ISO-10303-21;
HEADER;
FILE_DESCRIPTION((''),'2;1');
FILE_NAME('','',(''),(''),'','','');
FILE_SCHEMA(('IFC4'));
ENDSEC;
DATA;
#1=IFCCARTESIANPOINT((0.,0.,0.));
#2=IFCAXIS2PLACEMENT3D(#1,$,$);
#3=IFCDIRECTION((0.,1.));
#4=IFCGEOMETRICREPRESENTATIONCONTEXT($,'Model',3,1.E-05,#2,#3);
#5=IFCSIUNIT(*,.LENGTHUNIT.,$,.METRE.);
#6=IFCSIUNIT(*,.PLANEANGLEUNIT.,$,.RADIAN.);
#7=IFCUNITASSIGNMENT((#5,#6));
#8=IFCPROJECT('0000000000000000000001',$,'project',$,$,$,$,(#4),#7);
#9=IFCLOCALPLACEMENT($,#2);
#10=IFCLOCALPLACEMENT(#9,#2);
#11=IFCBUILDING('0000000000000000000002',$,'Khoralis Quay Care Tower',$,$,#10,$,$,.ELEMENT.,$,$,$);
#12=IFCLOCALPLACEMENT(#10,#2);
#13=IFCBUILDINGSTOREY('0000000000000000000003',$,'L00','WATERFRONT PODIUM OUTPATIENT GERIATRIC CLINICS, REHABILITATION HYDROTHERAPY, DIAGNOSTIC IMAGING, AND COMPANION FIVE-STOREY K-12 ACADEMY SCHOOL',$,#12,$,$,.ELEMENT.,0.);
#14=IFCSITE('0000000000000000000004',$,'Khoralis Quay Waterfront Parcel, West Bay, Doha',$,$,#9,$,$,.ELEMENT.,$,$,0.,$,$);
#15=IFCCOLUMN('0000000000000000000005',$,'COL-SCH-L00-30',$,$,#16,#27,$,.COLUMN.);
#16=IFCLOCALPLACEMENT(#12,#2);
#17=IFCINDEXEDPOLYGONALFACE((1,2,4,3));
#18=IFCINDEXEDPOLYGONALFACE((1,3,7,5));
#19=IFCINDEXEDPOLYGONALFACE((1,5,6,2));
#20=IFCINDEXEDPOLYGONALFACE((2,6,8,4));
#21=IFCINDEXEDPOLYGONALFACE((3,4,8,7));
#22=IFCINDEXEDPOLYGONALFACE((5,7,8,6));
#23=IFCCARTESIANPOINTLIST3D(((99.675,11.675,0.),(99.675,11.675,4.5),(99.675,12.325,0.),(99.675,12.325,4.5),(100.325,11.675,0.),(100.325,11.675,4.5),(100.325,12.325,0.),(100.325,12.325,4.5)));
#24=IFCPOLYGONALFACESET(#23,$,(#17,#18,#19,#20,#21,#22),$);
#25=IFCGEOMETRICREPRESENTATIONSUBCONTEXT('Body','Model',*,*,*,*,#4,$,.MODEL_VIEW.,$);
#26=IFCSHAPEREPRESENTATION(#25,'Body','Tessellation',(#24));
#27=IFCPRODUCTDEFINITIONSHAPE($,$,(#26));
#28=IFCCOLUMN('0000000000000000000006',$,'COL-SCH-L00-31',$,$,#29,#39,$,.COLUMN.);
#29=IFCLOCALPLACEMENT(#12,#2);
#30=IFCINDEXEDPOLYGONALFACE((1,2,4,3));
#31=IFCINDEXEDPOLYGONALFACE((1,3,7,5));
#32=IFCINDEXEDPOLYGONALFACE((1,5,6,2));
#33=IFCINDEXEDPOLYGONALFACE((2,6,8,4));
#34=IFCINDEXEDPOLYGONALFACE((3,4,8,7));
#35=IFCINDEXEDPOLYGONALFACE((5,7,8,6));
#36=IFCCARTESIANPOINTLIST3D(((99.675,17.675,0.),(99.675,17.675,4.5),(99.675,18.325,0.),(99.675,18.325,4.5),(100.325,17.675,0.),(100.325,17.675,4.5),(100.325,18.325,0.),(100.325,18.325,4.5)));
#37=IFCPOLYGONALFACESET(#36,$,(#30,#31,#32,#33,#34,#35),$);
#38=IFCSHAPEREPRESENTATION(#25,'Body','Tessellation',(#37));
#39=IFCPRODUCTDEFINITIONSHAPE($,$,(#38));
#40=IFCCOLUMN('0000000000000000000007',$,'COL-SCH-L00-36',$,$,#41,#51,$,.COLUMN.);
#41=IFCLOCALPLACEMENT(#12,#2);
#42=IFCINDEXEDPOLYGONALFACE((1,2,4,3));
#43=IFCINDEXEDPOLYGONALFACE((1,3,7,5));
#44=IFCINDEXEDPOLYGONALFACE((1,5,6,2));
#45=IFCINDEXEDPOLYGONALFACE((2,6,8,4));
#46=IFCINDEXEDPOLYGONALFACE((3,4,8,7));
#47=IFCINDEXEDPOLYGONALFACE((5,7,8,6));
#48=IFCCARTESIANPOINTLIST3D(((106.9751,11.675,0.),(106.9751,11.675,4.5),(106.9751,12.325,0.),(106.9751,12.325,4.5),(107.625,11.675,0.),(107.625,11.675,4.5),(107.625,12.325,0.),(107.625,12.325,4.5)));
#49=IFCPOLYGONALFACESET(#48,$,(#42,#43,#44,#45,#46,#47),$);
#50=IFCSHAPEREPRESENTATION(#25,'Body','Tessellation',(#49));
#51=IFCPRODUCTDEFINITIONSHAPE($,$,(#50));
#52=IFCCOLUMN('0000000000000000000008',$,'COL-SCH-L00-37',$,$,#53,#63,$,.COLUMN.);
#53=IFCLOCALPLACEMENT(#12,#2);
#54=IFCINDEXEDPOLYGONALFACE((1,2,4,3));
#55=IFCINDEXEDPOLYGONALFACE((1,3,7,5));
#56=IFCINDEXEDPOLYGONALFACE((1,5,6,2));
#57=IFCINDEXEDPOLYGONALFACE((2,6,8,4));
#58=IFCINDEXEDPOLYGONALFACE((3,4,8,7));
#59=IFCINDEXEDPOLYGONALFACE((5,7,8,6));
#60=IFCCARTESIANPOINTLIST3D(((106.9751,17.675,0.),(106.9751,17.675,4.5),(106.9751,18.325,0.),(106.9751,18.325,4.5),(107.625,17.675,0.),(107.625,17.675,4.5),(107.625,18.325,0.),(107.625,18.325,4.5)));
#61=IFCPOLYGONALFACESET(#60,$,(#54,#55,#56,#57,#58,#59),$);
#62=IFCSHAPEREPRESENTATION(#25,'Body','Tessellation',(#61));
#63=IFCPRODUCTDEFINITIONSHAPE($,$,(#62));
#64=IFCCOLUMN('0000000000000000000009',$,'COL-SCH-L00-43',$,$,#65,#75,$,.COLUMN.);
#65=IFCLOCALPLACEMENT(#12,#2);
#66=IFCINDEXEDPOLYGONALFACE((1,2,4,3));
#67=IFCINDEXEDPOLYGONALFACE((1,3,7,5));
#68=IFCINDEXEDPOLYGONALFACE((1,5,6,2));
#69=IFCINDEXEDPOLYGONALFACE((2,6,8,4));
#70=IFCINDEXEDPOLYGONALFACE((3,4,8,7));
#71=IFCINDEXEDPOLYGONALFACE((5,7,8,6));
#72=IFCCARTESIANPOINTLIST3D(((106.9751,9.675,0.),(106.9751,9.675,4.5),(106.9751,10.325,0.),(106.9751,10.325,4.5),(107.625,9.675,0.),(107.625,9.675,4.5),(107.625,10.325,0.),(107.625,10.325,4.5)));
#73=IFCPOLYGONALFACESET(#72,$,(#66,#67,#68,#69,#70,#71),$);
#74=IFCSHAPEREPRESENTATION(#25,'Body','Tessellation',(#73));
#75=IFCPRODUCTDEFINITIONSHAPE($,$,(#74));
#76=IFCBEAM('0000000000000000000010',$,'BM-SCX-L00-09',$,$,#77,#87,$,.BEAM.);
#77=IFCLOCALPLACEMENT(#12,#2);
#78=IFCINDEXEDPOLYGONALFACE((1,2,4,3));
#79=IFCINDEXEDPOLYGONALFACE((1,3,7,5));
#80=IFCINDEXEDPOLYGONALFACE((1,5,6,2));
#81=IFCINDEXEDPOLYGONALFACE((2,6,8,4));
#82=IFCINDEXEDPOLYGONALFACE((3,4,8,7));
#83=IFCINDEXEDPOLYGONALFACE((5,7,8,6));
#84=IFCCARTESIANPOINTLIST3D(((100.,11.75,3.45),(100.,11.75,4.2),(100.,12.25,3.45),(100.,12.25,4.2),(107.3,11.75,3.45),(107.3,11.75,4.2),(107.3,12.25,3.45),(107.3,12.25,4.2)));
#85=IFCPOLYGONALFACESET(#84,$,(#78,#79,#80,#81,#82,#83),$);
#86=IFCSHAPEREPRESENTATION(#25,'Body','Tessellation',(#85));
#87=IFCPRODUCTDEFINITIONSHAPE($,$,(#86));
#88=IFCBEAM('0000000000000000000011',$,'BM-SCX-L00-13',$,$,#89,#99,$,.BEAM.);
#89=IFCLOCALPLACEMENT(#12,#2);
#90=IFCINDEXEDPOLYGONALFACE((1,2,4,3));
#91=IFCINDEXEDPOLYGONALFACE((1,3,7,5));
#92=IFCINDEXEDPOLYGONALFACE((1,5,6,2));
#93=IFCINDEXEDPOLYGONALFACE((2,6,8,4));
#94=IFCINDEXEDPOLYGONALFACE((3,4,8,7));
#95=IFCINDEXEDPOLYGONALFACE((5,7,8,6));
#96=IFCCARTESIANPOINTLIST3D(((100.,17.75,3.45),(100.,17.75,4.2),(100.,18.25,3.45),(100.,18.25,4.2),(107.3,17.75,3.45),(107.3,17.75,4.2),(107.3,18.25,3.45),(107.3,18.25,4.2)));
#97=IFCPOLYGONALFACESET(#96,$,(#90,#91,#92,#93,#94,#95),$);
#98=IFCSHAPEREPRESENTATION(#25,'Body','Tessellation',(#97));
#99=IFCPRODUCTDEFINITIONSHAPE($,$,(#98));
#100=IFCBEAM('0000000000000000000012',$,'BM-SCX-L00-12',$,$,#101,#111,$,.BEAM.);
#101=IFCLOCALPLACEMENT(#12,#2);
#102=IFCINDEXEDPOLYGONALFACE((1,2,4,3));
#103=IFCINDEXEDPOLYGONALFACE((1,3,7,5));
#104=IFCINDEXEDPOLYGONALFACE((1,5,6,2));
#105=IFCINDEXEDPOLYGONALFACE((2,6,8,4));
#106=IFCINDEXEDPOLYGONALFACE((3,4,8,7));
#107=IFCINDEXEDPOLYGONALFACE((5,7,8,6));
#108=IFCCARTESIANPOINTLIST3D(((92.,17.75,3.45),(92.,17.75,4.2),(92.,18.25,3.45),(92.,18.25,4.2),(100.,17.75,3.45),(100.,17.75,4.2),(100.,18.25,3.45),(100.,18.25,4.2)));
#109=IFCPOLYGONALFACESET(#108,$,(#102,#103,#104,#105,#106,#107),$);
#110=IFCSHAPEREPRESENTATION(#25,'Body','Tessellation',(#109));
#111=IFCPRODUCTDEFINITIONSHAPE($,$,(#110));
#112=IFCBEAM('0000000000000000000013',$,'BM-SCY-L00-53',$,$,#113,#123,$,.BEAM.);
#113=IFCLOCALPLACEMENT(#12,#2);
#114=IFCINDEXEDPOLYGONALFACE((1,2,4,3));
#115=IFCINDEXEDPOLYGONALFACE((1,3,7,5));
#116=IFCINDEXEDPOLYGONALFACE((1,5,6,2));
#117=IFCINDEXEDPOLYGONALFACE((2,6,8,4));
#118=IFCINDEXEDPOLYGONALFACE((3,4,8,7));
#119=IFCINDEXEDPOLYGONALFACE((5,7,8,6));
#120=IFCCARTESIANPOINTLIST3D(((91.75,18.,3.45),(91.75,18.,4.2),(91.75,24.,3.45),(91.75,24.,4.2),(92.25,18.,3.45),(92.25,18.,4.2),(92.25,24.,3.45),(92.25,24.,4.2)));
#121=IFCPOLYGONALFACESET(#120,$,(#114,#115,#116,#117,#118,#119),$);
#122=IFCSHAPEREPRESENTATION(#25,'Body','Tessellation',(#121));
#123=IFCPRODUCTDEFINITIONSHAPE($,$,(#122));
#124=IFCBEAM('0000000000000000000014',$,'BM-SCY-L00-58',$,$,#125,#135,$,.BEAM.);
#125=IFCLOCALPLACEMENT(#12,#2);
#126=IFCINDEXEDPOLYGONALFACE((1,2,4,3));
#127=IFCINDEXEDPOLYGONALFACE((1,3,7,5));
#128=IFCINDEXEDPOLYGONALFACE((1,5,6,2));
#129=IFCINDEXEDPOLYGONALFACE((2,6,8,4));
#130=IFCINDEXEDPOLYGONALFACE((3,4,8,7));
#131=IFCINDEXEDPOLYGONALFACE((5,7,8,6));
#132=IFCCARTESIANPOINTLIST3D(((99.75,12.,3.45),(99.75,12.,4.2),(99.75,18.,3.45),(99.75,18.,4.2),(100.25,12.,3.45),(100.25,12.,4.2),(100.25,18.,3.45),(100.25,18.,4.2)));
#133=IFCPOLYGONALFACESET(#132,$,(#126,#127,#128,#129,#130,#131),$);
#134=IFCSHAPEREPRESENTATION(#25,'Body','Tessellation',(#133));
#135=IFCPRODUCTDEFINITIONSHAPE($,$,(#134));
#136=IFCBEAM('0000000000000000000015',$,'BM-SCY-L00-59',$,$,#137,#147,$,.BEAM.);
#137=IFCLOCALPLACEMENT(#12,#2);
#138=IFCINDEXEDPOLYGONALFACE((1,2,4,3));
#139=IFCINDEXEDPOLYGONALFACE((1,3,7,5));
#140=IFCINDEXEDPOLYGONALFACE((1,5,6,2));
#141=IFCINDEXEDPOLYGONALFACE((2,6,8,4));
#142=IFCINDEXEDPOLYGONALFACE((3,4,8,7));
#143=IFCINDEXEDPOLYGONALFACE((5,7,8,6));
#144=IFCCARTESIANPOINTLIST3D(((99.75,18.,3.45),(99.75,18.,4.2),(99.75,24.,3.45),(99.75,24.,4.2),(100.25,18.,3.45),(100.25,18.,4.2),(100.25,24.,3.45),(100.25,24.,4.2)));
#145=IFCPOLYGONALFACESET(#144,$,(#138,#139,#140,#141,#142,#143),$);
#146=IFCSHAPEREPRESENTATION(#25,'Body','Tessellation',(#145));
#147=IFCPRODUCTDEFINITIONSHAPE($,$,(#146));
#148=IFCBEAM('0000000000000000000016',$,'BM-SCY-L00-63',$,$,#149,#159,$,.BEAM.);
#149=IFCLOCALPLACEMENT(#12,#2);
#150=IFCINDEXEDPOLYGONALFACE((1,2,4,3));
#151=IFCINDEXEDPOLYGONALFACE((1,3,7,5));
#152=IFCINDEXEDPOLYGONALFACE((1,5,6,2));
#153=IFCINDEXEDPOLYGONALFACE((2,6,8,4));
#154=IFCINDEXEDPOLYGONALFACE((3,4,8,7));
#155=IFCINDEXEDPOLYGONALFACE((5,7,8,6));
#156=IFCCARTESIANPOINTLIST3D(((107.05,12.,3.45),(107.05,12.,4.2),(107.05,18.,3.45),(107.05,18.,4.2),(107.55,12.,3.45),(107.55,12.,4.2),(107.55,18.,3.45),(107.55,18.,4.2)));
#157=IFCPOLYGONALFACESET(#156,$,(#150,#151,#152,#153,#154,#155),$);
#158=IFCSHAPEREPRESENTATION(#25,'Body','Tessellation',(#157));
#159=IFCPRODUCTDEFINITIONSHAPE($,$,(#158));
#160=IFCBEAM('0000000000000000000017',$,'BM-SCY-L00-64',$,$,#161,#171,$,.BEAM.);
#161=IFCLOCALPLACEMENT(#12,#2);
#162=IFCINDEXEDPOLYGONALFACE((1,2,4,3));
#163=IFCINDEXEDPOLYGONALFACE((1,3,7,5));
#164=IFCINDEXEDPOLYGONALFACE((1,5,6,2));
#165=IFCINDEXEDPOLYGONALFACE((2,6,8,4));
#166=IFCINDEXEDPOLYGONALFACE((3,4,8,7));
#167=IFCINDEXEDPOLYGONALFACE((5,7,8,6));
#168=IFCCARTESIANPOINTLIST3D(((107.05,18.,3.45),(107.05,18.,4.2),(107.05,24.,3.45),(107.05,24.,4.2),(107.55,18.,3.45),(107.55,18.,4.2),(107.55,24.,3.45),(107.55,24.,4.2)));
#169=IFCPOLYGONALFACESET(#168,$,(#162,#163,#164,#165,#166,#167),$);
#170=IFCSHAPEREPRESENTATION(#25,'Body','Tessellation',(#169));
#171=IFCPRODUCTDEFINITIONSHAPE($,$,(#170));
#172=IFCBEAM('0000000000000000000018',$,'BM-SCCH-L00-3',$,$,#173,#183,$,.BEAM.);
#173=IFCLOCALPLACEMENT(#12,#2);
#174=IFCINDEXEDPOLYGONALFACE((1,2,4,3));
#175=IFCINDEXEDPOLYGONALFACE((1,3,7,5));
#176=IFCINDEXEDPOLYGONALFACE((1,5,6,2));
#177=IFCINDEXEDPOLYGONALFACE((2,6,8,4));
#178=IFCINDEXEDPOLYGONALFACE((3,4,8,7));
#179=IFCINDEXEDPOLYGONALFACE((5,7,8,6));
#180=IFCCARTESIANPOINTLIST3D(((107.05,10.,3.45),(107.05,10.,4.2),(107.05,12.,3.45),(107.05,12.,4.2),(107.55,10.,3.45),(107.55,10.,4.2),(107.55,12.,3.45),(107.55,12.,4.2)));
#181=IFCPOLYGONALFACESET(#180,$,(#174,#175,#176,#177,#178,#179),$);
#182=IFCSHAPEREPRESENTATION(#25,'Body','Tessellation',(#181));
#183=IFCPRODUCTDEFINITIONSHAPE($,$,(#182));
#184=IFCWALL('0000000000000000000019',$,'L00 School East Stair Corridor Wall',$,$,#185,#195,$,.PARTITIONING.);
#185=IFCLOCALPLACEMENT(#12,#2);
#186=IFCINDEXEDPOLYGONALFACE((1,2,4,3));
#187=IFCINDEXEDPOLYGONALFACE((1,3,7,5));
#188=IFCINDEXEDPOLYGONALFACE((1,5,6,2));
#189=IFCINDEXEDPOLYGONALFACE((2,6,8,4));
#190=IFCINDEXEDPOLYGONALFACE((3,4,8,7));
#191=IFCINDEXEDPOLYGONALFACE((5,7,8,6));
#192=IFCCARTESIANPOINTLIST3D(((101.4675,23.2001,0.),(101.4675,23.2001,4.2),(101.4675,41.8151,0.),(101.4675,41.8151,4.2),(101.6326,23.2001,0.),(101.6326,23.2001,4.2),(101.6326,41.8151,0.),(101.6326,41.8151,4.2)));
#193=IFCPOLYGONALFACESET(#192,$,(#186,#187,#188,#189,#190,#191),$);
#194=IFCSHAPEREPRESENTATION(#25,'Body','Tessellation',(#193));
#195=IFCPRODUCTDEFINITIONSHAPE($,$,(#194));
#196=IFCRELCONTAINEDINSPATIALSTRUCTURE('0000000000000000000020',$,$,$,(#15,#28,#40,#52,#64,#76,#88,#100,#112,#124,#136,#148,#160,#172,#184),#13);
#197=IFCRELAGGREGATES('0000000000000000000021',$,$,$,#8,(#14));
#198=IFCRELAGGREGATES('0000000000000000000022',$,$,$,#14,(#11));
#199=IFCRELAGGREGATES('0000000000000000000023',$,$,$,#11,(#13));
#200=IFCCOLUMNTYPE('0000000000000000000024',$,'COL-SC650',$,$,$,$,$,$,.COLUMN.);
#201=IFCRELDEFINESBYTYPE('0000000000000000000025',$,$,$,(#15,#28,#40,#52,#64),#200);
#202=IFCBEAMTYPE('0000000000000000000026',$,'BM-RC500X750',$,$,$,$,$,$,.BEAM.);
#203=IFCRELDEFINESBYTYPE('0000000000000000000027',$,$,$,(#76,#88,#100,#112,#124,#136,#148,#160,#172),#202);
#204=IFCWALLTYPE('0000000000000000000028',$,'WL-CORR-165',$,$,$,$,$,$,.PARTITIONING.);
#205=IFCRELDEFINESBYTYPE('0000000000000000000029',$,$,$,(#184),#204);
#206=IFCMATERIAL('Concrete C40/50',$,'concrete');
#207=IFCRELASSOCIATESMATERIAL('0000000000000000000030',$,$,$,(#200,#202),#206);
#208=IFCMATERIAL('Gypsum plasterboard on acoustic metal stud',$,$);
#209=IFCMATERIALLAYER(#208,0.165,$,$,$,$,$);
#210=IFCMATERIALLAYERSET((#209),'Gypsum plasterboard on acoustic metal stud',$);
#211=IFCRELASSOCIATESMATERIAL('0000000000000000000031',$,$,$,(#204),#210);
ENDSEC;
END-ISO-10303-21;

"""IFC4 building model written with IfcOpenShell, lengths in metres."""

from ifc_helpers import new_model, si_unit, direction, frame, frame_2d, origin, origin_2d, place, context, subcontext, project, spatial, rectangle, extrude, source, transform, mapped, material, layer, layer_set, material_profile, profile_set, type_object, element, save


model = new_model("IFC4")

# Units and contexts
model_context = context("Model", 3, precision=1e-05, world=origin(), true_north=direction((0.0, 1.0)))
body_context = subcontext(model_context, "Body", "Model", "MODEL_VIEW")
ifc_project = project(units=[si_unit("LENGTHUNIT", "METRE"), si_unit("PLANEANGLEUNIT", "RADIAN")], contexts=[model_context])

# Site, building, storey
site_placement = place(None, origin())
site = spatial("IfcSite", under=ifc_project, at=site_placement, Name="Khoralis Quay Waterfront Parcel, West Bay, Doha", CompositionType="ELEMENT", RefElevation=0.0)
building_placement = place(site_placement, origin())
building = spatial("IfcBuilding", under=site, at=building_placement, Name="Khoralis Quay Care Tower", CompositionType="ELEMENT")
storey_placement = place(building_placement, origin())
storey = spatial("IfcBuildingStorey", under=building, at=storey_placement, Name="L00", Description="WATERFRONT PODIUM OUTPATIENT GERIATRIC CLINICS, REHABILITATION HYDROTHERAPY, DIAGNOSTIC IMAGING, AND COMPANION FIVE-STOREY K-12 ACADEMY SCHOOL", CompositionType="ELEMENT", Elevation=0.0)

# Columns
ifc_material_1 = material(Name="Concrete C40/50", Category="concrete")
ifc_material_profile_1 = material_profile(ifc_material_1, rectangle(XDim=0.6499, YDim=0.6499, at=origin_2d()), Name="Concrete C40/50")
ifc_profile_set_1 = profile_set([ifc_material_profile_1], Name="Concrete C40/50")
column_type = type_object("IfcColumnType", Name="COL-SC650", PredefinedType="COLUMN", material=ifc_profile_set_1)
shared_shape_1 = source(origin(), body_context, "Body", "SweptSolid", [
    extrude(rectangle(XDim=0.6499, YDim=0.6499, at=origin_2d()), origin(), (0.0, 0.0, 1.0), 4.5),
])
for number, where, z_axis, x_axis, name in (
    (1, (100.0, 12.0, 0.0), (0.0, 0.0, 1.0), (1.0, 0.0, 0.0), "COL-SCH-L00-30"),
    (2, (100.0, 18.0, 0.0), (0.0, 0.0, 1.0), (1.0, 0.0, 0.0), "COL-SCH-L00-31"),
    (3, (107.3, 12.0, 0.0), (0.0, 0.0, 1.0), (1.0, 0.0, 0.0), "COL-SCH-L00-36"),
    (4, (107.3, 18.0, 0.0), (0.0, 0.0, 1.0), (1.0, 0.0, 0.0), "COL-SCH-L00-37"),
    (5, (107.3, 10.0, 0.0), (0.0, 0.0, 1.0), (1.0, 0.0, 0.0), "COL-SCH-L00-43"),
):
    element("IfcColumn", number, at=place(storey_placement, frame(where, z_axis=z_axis, x_axis=x_axis)), inside=storey, type_object=column_type, Name=name, PredefinedType="COLUMN", context=body_context, shape_type="MappedRepresentation", body=[
        mapped(shared_shape_1, transform((0.0, 0.0, 0.0), scale=1.0)),
    ])

# Beams
ifc_material_profile_2 = material_profile(ifc_material_1, rectangle(XDim=0.5, YDim=0.75, at=origin_2d()), Name="Concrete C40/50")
ifc_profile_set_2 = profile_set([ifc_material_profile_2], Name="Concrete C40/50")
beam_type = type_object("IfcBeamType", Name="BM-RC500X750", PredefinedType="BEAM", material=ifc_profile_set_2)
shared_shape_2 = source(origin(), body_context, "Body", "SweptSolid", [
    extrude(rectangle(XDim=0.5, YDim=0.75, at=origin_2d()), origin(), (0.0, 0.0, 1.0), 7.3),
])
for number, where, z_axis, x_axis, name in (
    (6, (100.0, 12.0, 3.825), (1.0, 0.0, 0.0), (0.0, 1.0, 0.0), "BM-SCX-L00-09"),
    (7, (100.0, 18.0, 3.825), (1.0, 0.0, 0.0), (0.0, 1.0, 0.0), "BM-SCX-L00-13"),
):
    element("IfcBeam", number, at=place(storey_placement, frame(where, z_axis=z_axis, x_axis=x_axis)), inside=storey, type_object=beam_type, Name=name, PredefinedType="BEAM", context=body_context, shape_type="MappedRepresentation", body=[
        mapped(shared_shape_2, transform((0.0, 0.0, 0.0), scale=1.0)),
    ])
shared_shape_3 = source(origin(), body_context, "Body", "SweptSolid", [
    extrude(rectangle(XDim=0.5, YDim=0.75, at=origin_2d()), origin(), (0.0, 0.0, 1.0), 8.0),
])
beam_1_placement = place(storey_placement, frame((92.0, 18.0, 3.825), z_axis=(1.0, 0.0, 0.0), x_axis=(0.0, 1.0, 0.0)))
element("IfcBeam", 8, at=beam_1_placement, inside=storey, type_object=beam_type, Name="BM-SCX-L00-12", PredefinedType="BEAM", context=body_context, shape_type="MappedRepresentation", body=[
    mapped(shared_shape_3, transform((0.0, 0.0, 0.0), scale=1.0)),
])
shared_shape_4 = source(origin(), body_context, "Body", "SweptSolid", [
    extrude(rectangle(XDim=0.5, YDim=0.75, at=origin_2d()), origin(), (0.0, 0.0, 1.0), 6.0),
])
for number, where, z_axis, x_axis, name in (
    (9, (92.0, 18.0, 3.825), (0.0, 1.0, 0.0), (-1.0, 0.0, 0.0), "BM-SCY-L00-53"),
    (10, (100.0, 12.0, 3.825), (0.0, 1.0, 0.0), (-1.0, 0.0, 0.0), "BM-SCY-L00-58"),
    (11, (100.0, 18.0, 3.825), (0.0, 1.0, 0.0), (-1.0, 0.0, 0.0), "BM-SCY-L00-59"),
    (12, (107.3, 12.0, 3.825), (0.0, 1.0, 0.0), (-1.0, 0.0, 0.0), "BM-SCY-L00-63"),
    (13, (107.3, 18.0, 3.825), (0.0, 1.0, 0.0), (-1.0, 0.0, 0.0), "BM-SCY-L00-64"),
):
    element("IfcBeam", number, at=place(storey_placement, frame(where, z_axis=z_axis, x_axis=x_axis)), inside=storey, type_object=beam_type, Name=name, PredefinedType="BEAM", context=body_context, shape_type="MappedRepresentation", body=[
        mapped(shared_shape_4, transform((0.0, 0.0, 0.0), scale=1.0)),
    ])
shared_shape_5 = source(origin(), body_context, "Body", "SweptSolid", [
    extrude(rectangle(XDim=0.5, YDim=0.75, at=origin_2d()), origin(), (0.0, 0.0, 1.0), 2.0),
])
beam_2_placement = place(storey_placement, frame((107.3, 10.0, 3.825), z_axis=(0.0, 1.0, 0.0), x_axis=(-1.0, 0.0, 0.0)))
element("IfcBeam", 14, at=beam_2_placement, inside=storey, type_object=beam_type, Name="BM-SCCH-L00-3", PredefinedType="BEAM", context=body_context, shape_type="MappedRepresentation", body=[
    mapped(shared_shape_5, transform((0.0, 0.0, 0.0), scale=1.0)),
])

# Wall
ifc_material_2 = material(Name="Gypsum plasterboard on acoustic metal stud")
ifc_layer_1 = layer(ifc_material_2, 0.165)
ifc_layer_set_1 = layer_set([ifc_layer_1], Name="Gypsum plasterboard on acoustic metal stud")
wall_type_1 = type_object("IfcWallType", Name="WL-CORR-165", PredefinedType="PARTITIONING", material=ifc_layer_set_1)
wall_1_placement = place(storey_placement, frame((101.55, 23.2, 0.0), z_axis=(0.0, 0.0, 1.0), x_axis=(0.0, 1.0, 0.0)))
element("IfcWall", 15, at=wall_1_placement, inside=storey, type_object=wall_type_1, Name="L00 School East Stair Corridor Wall", PredefinedType="PARTITIONING", context=body_context, shape_type="SweptSolid", body=[
    extrude(rectangle(XDim=18.615, YDim=0.165, at=frame_2d((9.3076, 0.0))), origin(), (0.0, 0.0, 1.0), 4.2),
])

save(model, "model.ifc")
